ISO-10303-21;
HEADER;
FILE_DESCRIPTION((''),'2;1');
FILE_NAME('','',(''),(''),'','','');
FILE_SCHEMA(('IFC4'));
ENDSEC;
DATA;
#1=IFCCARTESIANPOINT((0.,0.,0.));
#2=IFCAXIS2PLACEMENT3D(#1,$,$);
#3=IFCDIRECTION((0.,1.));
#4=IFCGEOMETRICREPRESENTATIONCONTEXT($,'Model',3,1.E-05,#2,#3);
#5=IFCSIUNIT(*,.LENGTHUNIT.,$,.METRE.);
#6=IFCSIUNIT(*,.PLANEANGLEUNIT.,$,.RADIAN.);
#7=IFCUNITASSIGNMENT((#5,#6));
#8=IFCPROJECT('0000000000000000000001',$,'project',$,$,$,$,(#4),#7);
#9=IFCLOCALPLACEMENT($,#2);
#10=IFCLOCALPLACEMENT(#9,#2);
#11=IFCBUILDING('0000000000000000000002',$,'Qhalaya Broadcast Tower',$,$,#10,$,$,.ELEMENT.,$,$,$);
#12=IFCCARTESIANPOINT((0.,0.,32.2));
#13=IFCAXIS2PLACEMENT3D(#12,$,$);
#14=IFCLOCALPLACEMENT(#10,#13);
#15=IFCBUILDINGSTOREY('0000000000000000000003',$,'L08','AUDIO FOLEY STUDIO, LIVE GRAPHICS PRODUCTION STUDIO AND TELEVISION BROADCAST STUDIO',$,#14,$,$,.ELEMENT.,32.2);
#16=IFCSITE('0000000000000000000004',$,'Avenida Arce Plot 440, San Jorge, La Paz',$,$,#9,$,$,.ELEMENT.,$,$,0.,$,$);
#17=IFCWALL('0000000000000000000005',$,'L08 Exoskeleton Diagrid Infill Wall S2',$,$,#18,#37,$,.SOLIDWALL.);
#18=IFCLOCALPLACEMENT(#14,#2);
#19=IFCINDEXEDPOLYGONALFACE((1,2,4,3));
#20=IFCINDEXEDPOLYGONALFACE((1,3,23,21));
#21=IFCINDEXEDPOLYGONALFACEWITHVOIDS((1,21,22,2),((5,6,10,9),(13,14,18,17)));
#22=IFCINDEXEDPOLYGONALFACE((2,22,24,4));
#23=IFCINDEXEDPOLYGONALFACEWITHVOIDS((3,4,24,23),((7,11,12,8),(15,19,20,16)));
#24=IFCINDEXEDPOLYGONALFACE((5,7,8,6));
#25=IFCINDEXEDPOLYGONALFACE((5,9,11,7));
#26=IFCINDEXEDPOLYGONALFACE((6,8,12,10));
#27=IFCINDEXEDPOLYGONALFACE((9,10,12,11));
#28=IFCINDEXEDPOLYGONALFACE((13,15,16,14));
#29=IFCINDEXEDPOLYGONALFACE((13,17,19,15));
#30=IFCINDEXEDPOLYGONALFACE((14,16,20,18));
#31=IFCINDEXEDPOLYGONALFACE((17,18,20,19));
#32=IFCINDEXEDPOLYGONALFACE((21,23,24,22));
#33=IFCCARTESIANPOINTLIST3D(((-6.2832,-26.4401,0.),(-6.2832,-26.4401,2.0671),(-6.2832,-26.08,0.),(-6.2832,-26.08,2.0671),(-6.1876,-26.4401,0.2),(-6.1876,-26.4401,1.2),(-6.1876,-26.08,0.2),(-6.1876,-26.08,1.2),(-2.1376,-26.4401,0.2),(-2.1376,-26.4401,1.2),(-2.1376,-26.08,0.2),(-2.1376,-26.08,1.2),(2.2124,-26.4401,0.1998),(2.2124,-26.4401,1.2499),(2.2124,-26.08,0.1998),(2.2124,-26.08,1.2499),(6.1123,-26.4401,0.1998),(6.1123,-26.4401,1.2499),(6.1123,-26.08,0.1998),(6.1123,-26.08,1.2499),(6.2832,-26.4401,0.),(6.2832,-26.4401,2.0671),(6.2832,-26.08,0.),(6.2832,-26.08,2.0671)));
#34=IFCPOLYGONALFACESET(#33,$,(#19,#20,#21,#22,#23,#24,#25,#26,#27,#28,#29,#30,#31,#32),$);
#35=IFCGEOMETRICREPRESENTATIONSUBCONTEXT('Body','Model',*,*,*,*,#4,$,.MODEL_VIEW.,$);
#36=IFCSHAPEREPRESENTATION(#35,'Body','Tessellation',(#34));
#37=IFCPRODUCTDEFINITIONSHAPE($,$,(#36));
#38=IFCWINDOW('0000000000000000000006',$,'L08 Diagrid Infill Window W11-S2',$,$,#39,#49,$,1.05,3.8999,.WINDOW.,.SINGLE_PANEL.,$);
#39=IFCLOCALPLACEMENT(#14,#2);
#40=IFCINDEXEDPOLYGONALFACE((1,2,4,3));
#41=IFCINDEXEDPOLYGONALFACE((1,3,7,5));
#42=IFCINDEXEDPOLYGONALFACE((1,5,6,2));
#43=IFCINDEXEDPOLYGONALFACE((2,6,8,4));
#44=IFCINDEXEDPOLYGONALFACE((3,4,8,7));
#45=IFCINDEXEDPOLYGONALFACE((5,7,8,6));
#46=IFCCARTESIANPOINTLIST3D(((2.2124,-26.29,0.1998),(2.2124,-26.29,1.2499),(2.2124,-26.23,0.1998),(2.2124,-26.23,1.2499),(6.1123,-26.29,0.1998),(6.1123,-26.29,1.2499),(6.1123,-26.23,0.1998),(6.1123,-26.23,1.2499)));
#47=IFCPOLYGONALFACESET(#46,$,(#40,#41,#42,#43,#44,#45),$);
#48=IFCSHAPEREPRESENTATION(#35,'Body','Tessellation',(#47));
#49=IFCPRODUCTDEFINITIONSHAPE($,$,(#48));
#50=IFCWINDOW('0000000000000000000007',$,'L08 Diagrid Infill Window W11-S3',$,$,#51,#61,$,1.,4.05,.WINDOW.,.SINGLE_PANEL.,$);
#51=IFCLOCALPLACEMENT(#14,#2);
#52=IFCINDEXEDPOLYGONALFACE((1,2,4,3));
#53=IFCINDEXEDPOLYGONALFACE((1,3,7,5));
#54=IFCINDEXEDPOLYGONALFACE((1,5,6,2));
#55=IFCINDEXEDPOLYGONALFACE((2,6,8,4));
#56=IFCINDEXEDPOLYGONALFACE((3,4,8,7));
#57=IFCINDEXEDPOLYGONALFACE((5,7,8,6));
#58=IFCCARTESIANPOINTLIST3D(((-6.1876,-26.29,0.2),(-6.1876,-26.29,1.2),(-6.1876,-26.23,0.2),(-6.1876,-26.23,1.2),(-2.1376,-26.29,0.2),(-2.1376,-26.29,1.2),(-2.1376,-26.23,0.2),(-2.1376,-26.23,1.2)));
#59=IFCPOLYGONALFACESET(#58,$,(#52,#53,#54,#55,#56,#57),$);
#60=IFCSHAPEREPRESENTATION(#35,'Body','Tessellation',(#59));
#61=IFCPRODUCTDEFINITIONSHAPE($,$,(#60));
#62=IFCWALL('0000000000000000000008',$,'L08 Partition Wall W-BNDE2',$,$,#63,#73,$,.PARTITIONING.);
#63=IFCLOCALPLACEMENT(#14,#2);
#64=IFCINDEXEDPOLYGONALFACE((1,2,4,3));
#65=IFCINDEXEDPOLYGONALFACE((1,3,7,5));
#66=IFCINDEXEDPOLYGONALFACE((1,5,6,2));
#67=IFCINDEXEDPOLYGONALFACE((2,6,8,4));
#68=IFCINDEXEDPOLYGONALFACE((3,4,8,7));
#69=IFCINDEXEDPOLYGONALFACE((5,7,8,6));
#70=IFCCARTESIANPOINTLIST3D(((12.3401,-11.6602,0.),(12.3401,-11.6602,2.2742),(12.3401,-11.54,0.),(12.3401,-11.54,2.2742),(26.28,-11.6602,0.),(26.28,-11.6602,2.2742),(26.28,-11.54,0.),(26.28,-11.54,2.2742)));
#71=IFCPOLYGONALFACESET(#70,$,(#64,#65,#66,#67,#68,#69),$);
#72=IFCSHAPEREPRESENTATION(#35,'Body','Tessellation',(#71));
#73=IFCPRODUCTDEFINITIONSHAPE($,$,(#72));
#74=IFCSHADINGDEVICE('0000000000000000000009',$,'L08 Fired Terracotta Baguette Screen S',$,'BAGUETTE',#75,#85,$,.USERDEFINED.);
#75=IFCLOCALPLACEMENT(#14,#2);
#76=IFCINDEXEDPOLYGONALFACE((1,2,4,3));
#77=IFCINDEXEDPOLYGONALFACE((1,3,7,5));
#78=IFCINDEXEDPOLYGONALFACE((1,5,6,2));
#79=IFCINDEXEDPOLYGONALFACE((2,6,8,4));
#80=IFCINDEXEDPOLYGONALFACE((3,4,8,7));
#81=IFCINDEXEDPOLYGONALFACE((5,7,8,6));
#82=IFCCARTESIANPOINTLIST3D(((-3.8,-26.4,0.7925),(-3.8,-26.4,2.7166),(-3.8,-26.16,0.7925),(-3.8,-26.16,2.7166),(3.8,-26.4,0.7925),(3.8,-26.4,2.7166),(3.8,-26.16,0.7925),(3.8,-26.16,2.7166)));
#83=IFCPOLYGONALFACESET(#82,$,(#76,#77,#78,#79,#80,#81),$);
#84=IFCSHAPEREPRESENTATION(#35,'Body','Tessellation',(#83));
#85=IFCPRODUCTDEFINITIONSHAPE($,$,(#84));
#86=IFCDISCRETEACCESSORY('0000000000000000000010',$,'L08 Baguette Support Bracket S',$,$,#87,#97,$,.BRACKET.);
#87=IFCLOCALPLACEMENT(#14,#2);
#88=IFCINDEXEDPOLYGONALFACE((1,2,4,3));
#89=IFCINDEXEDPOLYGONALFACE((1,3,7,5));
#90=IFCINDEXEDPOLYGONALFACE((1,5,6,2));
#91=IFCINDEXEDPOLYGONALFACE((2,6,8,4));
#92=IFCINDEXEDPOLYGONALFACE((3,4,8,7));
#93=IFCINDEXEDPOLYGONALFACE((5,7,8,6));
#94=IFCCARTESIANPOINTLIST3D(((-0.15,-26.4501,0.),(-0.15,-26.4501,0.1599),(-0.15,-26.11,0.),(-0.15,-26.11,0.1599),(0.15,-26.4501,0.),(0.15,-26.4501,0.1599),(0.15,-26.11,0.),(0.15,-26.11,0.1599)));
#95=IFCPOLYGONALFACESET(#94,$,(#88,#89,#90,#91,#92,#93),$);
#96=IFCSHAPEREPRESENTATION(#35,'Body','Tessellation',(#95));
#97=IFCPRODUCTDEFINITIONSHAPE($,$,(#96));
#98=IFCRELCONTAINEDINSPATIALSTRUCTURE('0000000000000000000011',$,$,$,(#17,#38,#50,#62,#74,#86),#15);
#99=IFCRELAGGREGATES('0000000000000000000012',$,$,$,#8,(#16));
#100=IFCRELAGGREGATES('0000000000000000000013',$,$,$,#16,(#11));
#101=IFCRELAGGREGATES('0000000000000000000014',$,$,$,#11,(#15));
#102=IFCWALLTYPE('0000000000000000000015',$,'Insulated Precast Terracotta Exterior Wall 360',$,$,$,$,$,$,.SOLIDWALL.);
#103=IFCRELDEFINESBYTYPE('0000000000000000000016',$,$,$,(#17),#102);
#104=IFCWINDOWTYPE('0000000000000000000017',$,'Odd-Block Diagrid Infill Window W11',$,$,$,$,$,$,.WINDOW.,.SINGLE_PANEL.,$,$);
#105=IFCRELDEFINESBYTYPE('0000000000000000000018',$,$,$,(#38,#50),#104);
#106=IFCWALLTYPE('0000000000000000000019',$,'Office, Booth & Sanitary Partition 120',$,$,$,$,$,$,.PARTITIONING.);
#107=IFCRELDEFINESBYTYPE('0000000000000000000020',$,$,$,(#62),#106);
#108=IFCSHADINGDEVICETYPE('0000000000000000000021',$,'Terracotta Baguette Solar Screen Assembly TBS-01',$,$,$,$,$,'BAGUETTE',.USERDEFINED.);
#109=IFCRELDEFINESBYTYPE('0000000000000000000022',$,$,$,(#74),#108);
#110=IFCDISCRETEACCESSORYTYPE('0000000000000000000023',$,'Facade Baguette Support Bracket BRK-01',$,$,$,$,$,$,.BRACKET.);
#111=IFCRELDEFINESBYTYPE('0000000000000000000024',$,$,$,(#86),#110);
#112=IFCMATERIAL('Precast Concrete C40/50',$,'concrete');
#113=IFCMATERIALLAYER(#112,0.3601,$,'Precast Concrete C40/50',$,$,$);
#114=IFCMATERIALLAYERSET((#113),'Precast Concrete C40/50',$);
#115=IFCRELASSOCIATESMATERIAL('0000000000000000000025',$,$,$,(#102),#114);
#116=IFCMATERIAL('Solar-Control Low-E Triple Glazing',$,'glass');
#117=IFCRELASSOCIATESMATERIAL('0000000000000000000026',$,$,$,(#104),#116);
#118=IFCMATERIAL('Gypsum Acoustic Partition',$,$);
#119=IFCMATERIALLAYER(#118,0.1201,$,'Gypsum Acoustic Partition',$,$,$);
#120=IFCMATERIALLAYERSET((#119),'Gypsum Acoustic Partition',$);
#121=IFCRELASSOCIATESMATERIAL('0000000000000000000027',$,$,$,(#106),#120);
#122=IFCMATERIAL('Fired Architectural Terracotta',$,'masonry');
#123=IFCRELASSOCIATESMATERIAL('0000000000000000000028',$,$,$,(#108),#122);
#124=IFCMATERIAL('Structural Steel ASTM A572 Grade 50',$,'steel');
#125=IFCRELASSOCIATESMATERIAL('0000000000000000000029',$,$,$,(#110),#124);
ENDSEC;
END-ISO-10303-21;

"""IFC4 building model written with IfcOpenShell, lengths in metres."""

from ifc_helpers import new_model, si_unit, direction, frame, frame_2d, origin, origin_2d, place, context, subcontext, project, spatial, rectangle, extrude, material, layer, layer_set, type_object, element, fill, save


model = new_model("IFC4")

# Units and contexts
model_context = context("Model", 3, precision=1e-05, world=origin(), true_north=direction((0.0, 1.0)))
body_context = subcontext(model_context, "Body", "Model", "MODEL_VIEW")
ifc_project = project(units=[si_unit("LENGTHUNIT", "METRE"), si_unit("PLANEANGLEUNIT", "RADIAN")], contexts=[model_context])

# Site, building, storey
site_placement = place(None, origin())
site = spatial("IfcSite", under=ifc_project, at=site_placement, Name="Avenida Arce Plot 440, San Jorge, La Paz", CompositionType="ELEMENT", RefElevation=0.0)
building_placement = place(site_placement, origin())
building = spatial("IfcBuilding", under=site, at=building_placement, Name="Qhalaya Broadcast Tower", CompositionType="ELEMENT")
storey_placement = place(building_placement, frame((0.0, 0.0, 32.2)))
storey = spatial("IfcBuildingStorey", under=building, at=storey_placement, Name="L08", Description="AUDIO FOLEY STUDIO, LIVE GRAPHICS PRODUCTION STUDIO AND TELEVISION BROADCAST STUDIO", CompositionType="ELEMENT", Elevation=32.2)

# Shared definitions
ifc_material_1 = material(Name="Structural Steel ASTM A572 Grade 50", Category="steel")

# Shared definitions
ifc_material_2 = material(Name="Gypsum Acoustic Partition")

# Wall, openings, windows
ifc_material_3 = material(Name="Precast Concrete C40/50", Category="concrete")
ifc_layer_1 = layer(ifc_material_3, 0.3601, Name="Precast Concrete C40/50")
ifc_layer_set_1 = layer_set([ifc_layer_1], Name="Precast Concrete C40/50")
wall_type_1 = type_object("IfcWallType", Name="Insulated Precast Terracotta Exterior Wall 360", PredefinedType="SOLIDWALL", material=ifc_layer_set_1)
wall_1_placement = place(storey_placement, frame((6.2832, -26.26, 0.0), z_axis=(0.0, 0.0, 1.0), x_axis=(-1.0, 0.0, 0.0)))
wall_1 = element("IfcWall", 1, at=wall_1_placement, inside=storey, type_object=wall_type_1, Name="L08 Exoskeleton Diagrid Infill Wall S2", PredefinedType="SOLIDWALL", context=body_context, shape_type="SweptSolid", body=[
    extrude(rectangle(XDim=12.5664, YDim=0.3601, at=frame_2d((6.2832, 0.0))), origin(), (0.0, 0.0, 1.0), 2.0671),
])
opening_1_placement = place(wall_1_placement, frame((0.1709, 0.0, 0.2)))
opening_1 = element("IfcOpeningElement", 2, at=opening_1_placement, cuts=wall_1, PredefinedType="OPENING", context=body_context, shape_type="SweptSolid", body=[
    extrude(rectangle(XDim=3.8999, YDim=1.05, at=frame_2d((1.95, 0.5249))), frame((0.0, 0.1921, 0.0), z_axis=(0.0, -1.0, 0.0), x_axis=(1.0, 0.0, 0.0)), (0.0, 0.0, 1.0), 0.384),
])
opening_2_placement = place(wall_1_placement, frame((8.4209, 0.0, 0.2)))
opening_2 = element("IfcOpeningElement", 3, at=opening_2_placement, cuts=wall_1, PredefinedType="OPENING", context=body_context, shape_type="SweptSolid", body=[
    extrude(rectangle(XDim=4.05, YDim=1.0, at=frame_2d((2.0249, 0.5))), frame((0.0, 0.1921, 0.0), z_axis=(0.0, -1.0, 0.0), x_axis=(1.0, 0.0, 0.0)), (0.0, 0.0, 1.0), 0.384),
])
ifc_material_4 = material(Name="Solar-Control Low-E Triple Glazing", Category="glass")
window_type = type_object("IfcWindowType", Name="Odd-Block Diagrid Infill Window W11", PartitioningType="SINGLE_PANEL", PredefinedType="WINDOW", material=ifc_material_4)
window_1_placement = place(opening_1_placement, origin())
window_1 = element("IfcWindow", 4, at=window_1_placement, inside=storey, type_object=window_type, Name="L08 Diagrid Infill Window W11-S2", OverallHeight=1.05, OverallWidth=3.8999, PartitioningType="SINGLE_PANEL", PredefinedType="WINDOW", context=body_context, shape_type="SweptSolid", body=[
    extrude(rectangle(XDim=3.8999, YDim=1.05, at=frame_2d((1.95, 0.5249))), frame((0.0, 0.03, 0.0), z_axis=(0.0, -1.0, 0.0), x_axis=(1.0, 0.0, 0.0)), (0.0, 0.0, 1.0), 0.0601),
])
fill(opening_1, window_1)
window_2_placement = place(opening_2_placement, origin())
window_2 = element("IfcWindow", 5, at=window_2_placement, inside=storey, type_object=window_type, Name="L08 Diagrid Infill Window W11-S3", OverallHeight=1.0, OverallWidth=4.05, PartitioningType="SINGLE_PANEL", PredefinedType="WINDOW", context=body_context, shape_type="SweptSolid", body=[
    extrude(rectangle(XDim=4.05, YDim=1.0, at=frame_2d((2.0249, 0.5))), frame((0.0, 0.03, 0.0), z_axis=(0.0, -1.0, 0.0), x_axis=(1.0, 0.0, 0.0)), (0.0, 0.0, 1.0), 0.0601),
])
fill(opening_2, window_2)

# Wall
ifc_layer_2 = layer(ifc_material_2, 0.1201, Name="Gypsum Acoustic Partition")
ifc_layer_set_2 = layer_set([ifc_layer_2], Name="Gypsum Acoustic Partition")
wall_type_2 = type_object("IfcWallType", Name="Office, Booth & Sanitary Partition 120", PredefinedType="PARTITIONING", material=ifc_layer_set_2)
wall_2_placement = place(storey_placement, frame((12.3401, -11.6001, 0.0), z_axis=(0.0, 0.0, 1.0), x_axis=(1.0, 0.0, 0.0)))
element("IfcWall", 6, at=wall_2_placement, inside=storey, type_object=wall_type_2, Name="L08 Partition Wall W-BNDE2", PredefinedType="PARTITIONING", context=body_context, shape_type="SweptSolid", body=[
    extrude(rectangle(XDim=13.9399, YDim=0.1201, at=frame_2d((6.97, 0.0))), origin(), (0.0, 0.0, 1.0), 2.2742),
])

# Shading device
ifc_material_5 = material(Name="Fired Architectural Terracotta", Category="masonry")
shading_device_type = type_object("IfcShadingDeviceType", Name="Terracotta Baguette Solar Screen Assembly TBS-01", ElementType="BAGUETTE", PredefinedType="USERDEFINED", material=ifc_material_5)
shading_device_placement = place(storey_placement, frame((0.0, -26.28, 0.7925), z_axis=(0.0, 0.0, 1.0), x_axis=(1.0, 0.0, 0.0)))
element("IfcShadingDevice", 7, at=shading_device_placement, inside=storey, type_object=shading_device_type, Name="L08 Fired Terracotta Baguette Screen S", ObjectType="BAGUETTE", PredefinedType="USERDEFINED", context=body_context, shape_type="SweptSolid", body=[
    extrude(rectangle(XDim=7.6001, YDim=0.24, at=origin_2d()), origin(), (0.0, 0.0, 1.0), 1.9241),
])

# Discrete accessory
discrete_accessory_type = type_object("IfcDiscreteAccessoryType", Name="Facade Baguette Support Bracket BRK-01", PredefinedType="BRACKET", material=ifc_material_1)
discrete_accessory_placement = place(storey_placement, frame((0.0, -26.28, 0.0), z_axis=(0.0, 0.0, 1.0), x_axis=(1.0, 0.0, 0.0)))
element("IfcDiscreteAccessory", 8, at=discrete_accessory_placement, inside=storey, type_object=discrete_accessory_type, Name="L08 Baguette Support Bracket S", PredefinedType="BRACKET", context=body_context, shape_type="SweptSolid", body=[
    extrude(rectangle(XDim=0.3, YDim=0.3401, at=origin_2d()), origin(), (0.0, 0.0, 1.0), 0.1599),
])

save(model, "model.ifc")
